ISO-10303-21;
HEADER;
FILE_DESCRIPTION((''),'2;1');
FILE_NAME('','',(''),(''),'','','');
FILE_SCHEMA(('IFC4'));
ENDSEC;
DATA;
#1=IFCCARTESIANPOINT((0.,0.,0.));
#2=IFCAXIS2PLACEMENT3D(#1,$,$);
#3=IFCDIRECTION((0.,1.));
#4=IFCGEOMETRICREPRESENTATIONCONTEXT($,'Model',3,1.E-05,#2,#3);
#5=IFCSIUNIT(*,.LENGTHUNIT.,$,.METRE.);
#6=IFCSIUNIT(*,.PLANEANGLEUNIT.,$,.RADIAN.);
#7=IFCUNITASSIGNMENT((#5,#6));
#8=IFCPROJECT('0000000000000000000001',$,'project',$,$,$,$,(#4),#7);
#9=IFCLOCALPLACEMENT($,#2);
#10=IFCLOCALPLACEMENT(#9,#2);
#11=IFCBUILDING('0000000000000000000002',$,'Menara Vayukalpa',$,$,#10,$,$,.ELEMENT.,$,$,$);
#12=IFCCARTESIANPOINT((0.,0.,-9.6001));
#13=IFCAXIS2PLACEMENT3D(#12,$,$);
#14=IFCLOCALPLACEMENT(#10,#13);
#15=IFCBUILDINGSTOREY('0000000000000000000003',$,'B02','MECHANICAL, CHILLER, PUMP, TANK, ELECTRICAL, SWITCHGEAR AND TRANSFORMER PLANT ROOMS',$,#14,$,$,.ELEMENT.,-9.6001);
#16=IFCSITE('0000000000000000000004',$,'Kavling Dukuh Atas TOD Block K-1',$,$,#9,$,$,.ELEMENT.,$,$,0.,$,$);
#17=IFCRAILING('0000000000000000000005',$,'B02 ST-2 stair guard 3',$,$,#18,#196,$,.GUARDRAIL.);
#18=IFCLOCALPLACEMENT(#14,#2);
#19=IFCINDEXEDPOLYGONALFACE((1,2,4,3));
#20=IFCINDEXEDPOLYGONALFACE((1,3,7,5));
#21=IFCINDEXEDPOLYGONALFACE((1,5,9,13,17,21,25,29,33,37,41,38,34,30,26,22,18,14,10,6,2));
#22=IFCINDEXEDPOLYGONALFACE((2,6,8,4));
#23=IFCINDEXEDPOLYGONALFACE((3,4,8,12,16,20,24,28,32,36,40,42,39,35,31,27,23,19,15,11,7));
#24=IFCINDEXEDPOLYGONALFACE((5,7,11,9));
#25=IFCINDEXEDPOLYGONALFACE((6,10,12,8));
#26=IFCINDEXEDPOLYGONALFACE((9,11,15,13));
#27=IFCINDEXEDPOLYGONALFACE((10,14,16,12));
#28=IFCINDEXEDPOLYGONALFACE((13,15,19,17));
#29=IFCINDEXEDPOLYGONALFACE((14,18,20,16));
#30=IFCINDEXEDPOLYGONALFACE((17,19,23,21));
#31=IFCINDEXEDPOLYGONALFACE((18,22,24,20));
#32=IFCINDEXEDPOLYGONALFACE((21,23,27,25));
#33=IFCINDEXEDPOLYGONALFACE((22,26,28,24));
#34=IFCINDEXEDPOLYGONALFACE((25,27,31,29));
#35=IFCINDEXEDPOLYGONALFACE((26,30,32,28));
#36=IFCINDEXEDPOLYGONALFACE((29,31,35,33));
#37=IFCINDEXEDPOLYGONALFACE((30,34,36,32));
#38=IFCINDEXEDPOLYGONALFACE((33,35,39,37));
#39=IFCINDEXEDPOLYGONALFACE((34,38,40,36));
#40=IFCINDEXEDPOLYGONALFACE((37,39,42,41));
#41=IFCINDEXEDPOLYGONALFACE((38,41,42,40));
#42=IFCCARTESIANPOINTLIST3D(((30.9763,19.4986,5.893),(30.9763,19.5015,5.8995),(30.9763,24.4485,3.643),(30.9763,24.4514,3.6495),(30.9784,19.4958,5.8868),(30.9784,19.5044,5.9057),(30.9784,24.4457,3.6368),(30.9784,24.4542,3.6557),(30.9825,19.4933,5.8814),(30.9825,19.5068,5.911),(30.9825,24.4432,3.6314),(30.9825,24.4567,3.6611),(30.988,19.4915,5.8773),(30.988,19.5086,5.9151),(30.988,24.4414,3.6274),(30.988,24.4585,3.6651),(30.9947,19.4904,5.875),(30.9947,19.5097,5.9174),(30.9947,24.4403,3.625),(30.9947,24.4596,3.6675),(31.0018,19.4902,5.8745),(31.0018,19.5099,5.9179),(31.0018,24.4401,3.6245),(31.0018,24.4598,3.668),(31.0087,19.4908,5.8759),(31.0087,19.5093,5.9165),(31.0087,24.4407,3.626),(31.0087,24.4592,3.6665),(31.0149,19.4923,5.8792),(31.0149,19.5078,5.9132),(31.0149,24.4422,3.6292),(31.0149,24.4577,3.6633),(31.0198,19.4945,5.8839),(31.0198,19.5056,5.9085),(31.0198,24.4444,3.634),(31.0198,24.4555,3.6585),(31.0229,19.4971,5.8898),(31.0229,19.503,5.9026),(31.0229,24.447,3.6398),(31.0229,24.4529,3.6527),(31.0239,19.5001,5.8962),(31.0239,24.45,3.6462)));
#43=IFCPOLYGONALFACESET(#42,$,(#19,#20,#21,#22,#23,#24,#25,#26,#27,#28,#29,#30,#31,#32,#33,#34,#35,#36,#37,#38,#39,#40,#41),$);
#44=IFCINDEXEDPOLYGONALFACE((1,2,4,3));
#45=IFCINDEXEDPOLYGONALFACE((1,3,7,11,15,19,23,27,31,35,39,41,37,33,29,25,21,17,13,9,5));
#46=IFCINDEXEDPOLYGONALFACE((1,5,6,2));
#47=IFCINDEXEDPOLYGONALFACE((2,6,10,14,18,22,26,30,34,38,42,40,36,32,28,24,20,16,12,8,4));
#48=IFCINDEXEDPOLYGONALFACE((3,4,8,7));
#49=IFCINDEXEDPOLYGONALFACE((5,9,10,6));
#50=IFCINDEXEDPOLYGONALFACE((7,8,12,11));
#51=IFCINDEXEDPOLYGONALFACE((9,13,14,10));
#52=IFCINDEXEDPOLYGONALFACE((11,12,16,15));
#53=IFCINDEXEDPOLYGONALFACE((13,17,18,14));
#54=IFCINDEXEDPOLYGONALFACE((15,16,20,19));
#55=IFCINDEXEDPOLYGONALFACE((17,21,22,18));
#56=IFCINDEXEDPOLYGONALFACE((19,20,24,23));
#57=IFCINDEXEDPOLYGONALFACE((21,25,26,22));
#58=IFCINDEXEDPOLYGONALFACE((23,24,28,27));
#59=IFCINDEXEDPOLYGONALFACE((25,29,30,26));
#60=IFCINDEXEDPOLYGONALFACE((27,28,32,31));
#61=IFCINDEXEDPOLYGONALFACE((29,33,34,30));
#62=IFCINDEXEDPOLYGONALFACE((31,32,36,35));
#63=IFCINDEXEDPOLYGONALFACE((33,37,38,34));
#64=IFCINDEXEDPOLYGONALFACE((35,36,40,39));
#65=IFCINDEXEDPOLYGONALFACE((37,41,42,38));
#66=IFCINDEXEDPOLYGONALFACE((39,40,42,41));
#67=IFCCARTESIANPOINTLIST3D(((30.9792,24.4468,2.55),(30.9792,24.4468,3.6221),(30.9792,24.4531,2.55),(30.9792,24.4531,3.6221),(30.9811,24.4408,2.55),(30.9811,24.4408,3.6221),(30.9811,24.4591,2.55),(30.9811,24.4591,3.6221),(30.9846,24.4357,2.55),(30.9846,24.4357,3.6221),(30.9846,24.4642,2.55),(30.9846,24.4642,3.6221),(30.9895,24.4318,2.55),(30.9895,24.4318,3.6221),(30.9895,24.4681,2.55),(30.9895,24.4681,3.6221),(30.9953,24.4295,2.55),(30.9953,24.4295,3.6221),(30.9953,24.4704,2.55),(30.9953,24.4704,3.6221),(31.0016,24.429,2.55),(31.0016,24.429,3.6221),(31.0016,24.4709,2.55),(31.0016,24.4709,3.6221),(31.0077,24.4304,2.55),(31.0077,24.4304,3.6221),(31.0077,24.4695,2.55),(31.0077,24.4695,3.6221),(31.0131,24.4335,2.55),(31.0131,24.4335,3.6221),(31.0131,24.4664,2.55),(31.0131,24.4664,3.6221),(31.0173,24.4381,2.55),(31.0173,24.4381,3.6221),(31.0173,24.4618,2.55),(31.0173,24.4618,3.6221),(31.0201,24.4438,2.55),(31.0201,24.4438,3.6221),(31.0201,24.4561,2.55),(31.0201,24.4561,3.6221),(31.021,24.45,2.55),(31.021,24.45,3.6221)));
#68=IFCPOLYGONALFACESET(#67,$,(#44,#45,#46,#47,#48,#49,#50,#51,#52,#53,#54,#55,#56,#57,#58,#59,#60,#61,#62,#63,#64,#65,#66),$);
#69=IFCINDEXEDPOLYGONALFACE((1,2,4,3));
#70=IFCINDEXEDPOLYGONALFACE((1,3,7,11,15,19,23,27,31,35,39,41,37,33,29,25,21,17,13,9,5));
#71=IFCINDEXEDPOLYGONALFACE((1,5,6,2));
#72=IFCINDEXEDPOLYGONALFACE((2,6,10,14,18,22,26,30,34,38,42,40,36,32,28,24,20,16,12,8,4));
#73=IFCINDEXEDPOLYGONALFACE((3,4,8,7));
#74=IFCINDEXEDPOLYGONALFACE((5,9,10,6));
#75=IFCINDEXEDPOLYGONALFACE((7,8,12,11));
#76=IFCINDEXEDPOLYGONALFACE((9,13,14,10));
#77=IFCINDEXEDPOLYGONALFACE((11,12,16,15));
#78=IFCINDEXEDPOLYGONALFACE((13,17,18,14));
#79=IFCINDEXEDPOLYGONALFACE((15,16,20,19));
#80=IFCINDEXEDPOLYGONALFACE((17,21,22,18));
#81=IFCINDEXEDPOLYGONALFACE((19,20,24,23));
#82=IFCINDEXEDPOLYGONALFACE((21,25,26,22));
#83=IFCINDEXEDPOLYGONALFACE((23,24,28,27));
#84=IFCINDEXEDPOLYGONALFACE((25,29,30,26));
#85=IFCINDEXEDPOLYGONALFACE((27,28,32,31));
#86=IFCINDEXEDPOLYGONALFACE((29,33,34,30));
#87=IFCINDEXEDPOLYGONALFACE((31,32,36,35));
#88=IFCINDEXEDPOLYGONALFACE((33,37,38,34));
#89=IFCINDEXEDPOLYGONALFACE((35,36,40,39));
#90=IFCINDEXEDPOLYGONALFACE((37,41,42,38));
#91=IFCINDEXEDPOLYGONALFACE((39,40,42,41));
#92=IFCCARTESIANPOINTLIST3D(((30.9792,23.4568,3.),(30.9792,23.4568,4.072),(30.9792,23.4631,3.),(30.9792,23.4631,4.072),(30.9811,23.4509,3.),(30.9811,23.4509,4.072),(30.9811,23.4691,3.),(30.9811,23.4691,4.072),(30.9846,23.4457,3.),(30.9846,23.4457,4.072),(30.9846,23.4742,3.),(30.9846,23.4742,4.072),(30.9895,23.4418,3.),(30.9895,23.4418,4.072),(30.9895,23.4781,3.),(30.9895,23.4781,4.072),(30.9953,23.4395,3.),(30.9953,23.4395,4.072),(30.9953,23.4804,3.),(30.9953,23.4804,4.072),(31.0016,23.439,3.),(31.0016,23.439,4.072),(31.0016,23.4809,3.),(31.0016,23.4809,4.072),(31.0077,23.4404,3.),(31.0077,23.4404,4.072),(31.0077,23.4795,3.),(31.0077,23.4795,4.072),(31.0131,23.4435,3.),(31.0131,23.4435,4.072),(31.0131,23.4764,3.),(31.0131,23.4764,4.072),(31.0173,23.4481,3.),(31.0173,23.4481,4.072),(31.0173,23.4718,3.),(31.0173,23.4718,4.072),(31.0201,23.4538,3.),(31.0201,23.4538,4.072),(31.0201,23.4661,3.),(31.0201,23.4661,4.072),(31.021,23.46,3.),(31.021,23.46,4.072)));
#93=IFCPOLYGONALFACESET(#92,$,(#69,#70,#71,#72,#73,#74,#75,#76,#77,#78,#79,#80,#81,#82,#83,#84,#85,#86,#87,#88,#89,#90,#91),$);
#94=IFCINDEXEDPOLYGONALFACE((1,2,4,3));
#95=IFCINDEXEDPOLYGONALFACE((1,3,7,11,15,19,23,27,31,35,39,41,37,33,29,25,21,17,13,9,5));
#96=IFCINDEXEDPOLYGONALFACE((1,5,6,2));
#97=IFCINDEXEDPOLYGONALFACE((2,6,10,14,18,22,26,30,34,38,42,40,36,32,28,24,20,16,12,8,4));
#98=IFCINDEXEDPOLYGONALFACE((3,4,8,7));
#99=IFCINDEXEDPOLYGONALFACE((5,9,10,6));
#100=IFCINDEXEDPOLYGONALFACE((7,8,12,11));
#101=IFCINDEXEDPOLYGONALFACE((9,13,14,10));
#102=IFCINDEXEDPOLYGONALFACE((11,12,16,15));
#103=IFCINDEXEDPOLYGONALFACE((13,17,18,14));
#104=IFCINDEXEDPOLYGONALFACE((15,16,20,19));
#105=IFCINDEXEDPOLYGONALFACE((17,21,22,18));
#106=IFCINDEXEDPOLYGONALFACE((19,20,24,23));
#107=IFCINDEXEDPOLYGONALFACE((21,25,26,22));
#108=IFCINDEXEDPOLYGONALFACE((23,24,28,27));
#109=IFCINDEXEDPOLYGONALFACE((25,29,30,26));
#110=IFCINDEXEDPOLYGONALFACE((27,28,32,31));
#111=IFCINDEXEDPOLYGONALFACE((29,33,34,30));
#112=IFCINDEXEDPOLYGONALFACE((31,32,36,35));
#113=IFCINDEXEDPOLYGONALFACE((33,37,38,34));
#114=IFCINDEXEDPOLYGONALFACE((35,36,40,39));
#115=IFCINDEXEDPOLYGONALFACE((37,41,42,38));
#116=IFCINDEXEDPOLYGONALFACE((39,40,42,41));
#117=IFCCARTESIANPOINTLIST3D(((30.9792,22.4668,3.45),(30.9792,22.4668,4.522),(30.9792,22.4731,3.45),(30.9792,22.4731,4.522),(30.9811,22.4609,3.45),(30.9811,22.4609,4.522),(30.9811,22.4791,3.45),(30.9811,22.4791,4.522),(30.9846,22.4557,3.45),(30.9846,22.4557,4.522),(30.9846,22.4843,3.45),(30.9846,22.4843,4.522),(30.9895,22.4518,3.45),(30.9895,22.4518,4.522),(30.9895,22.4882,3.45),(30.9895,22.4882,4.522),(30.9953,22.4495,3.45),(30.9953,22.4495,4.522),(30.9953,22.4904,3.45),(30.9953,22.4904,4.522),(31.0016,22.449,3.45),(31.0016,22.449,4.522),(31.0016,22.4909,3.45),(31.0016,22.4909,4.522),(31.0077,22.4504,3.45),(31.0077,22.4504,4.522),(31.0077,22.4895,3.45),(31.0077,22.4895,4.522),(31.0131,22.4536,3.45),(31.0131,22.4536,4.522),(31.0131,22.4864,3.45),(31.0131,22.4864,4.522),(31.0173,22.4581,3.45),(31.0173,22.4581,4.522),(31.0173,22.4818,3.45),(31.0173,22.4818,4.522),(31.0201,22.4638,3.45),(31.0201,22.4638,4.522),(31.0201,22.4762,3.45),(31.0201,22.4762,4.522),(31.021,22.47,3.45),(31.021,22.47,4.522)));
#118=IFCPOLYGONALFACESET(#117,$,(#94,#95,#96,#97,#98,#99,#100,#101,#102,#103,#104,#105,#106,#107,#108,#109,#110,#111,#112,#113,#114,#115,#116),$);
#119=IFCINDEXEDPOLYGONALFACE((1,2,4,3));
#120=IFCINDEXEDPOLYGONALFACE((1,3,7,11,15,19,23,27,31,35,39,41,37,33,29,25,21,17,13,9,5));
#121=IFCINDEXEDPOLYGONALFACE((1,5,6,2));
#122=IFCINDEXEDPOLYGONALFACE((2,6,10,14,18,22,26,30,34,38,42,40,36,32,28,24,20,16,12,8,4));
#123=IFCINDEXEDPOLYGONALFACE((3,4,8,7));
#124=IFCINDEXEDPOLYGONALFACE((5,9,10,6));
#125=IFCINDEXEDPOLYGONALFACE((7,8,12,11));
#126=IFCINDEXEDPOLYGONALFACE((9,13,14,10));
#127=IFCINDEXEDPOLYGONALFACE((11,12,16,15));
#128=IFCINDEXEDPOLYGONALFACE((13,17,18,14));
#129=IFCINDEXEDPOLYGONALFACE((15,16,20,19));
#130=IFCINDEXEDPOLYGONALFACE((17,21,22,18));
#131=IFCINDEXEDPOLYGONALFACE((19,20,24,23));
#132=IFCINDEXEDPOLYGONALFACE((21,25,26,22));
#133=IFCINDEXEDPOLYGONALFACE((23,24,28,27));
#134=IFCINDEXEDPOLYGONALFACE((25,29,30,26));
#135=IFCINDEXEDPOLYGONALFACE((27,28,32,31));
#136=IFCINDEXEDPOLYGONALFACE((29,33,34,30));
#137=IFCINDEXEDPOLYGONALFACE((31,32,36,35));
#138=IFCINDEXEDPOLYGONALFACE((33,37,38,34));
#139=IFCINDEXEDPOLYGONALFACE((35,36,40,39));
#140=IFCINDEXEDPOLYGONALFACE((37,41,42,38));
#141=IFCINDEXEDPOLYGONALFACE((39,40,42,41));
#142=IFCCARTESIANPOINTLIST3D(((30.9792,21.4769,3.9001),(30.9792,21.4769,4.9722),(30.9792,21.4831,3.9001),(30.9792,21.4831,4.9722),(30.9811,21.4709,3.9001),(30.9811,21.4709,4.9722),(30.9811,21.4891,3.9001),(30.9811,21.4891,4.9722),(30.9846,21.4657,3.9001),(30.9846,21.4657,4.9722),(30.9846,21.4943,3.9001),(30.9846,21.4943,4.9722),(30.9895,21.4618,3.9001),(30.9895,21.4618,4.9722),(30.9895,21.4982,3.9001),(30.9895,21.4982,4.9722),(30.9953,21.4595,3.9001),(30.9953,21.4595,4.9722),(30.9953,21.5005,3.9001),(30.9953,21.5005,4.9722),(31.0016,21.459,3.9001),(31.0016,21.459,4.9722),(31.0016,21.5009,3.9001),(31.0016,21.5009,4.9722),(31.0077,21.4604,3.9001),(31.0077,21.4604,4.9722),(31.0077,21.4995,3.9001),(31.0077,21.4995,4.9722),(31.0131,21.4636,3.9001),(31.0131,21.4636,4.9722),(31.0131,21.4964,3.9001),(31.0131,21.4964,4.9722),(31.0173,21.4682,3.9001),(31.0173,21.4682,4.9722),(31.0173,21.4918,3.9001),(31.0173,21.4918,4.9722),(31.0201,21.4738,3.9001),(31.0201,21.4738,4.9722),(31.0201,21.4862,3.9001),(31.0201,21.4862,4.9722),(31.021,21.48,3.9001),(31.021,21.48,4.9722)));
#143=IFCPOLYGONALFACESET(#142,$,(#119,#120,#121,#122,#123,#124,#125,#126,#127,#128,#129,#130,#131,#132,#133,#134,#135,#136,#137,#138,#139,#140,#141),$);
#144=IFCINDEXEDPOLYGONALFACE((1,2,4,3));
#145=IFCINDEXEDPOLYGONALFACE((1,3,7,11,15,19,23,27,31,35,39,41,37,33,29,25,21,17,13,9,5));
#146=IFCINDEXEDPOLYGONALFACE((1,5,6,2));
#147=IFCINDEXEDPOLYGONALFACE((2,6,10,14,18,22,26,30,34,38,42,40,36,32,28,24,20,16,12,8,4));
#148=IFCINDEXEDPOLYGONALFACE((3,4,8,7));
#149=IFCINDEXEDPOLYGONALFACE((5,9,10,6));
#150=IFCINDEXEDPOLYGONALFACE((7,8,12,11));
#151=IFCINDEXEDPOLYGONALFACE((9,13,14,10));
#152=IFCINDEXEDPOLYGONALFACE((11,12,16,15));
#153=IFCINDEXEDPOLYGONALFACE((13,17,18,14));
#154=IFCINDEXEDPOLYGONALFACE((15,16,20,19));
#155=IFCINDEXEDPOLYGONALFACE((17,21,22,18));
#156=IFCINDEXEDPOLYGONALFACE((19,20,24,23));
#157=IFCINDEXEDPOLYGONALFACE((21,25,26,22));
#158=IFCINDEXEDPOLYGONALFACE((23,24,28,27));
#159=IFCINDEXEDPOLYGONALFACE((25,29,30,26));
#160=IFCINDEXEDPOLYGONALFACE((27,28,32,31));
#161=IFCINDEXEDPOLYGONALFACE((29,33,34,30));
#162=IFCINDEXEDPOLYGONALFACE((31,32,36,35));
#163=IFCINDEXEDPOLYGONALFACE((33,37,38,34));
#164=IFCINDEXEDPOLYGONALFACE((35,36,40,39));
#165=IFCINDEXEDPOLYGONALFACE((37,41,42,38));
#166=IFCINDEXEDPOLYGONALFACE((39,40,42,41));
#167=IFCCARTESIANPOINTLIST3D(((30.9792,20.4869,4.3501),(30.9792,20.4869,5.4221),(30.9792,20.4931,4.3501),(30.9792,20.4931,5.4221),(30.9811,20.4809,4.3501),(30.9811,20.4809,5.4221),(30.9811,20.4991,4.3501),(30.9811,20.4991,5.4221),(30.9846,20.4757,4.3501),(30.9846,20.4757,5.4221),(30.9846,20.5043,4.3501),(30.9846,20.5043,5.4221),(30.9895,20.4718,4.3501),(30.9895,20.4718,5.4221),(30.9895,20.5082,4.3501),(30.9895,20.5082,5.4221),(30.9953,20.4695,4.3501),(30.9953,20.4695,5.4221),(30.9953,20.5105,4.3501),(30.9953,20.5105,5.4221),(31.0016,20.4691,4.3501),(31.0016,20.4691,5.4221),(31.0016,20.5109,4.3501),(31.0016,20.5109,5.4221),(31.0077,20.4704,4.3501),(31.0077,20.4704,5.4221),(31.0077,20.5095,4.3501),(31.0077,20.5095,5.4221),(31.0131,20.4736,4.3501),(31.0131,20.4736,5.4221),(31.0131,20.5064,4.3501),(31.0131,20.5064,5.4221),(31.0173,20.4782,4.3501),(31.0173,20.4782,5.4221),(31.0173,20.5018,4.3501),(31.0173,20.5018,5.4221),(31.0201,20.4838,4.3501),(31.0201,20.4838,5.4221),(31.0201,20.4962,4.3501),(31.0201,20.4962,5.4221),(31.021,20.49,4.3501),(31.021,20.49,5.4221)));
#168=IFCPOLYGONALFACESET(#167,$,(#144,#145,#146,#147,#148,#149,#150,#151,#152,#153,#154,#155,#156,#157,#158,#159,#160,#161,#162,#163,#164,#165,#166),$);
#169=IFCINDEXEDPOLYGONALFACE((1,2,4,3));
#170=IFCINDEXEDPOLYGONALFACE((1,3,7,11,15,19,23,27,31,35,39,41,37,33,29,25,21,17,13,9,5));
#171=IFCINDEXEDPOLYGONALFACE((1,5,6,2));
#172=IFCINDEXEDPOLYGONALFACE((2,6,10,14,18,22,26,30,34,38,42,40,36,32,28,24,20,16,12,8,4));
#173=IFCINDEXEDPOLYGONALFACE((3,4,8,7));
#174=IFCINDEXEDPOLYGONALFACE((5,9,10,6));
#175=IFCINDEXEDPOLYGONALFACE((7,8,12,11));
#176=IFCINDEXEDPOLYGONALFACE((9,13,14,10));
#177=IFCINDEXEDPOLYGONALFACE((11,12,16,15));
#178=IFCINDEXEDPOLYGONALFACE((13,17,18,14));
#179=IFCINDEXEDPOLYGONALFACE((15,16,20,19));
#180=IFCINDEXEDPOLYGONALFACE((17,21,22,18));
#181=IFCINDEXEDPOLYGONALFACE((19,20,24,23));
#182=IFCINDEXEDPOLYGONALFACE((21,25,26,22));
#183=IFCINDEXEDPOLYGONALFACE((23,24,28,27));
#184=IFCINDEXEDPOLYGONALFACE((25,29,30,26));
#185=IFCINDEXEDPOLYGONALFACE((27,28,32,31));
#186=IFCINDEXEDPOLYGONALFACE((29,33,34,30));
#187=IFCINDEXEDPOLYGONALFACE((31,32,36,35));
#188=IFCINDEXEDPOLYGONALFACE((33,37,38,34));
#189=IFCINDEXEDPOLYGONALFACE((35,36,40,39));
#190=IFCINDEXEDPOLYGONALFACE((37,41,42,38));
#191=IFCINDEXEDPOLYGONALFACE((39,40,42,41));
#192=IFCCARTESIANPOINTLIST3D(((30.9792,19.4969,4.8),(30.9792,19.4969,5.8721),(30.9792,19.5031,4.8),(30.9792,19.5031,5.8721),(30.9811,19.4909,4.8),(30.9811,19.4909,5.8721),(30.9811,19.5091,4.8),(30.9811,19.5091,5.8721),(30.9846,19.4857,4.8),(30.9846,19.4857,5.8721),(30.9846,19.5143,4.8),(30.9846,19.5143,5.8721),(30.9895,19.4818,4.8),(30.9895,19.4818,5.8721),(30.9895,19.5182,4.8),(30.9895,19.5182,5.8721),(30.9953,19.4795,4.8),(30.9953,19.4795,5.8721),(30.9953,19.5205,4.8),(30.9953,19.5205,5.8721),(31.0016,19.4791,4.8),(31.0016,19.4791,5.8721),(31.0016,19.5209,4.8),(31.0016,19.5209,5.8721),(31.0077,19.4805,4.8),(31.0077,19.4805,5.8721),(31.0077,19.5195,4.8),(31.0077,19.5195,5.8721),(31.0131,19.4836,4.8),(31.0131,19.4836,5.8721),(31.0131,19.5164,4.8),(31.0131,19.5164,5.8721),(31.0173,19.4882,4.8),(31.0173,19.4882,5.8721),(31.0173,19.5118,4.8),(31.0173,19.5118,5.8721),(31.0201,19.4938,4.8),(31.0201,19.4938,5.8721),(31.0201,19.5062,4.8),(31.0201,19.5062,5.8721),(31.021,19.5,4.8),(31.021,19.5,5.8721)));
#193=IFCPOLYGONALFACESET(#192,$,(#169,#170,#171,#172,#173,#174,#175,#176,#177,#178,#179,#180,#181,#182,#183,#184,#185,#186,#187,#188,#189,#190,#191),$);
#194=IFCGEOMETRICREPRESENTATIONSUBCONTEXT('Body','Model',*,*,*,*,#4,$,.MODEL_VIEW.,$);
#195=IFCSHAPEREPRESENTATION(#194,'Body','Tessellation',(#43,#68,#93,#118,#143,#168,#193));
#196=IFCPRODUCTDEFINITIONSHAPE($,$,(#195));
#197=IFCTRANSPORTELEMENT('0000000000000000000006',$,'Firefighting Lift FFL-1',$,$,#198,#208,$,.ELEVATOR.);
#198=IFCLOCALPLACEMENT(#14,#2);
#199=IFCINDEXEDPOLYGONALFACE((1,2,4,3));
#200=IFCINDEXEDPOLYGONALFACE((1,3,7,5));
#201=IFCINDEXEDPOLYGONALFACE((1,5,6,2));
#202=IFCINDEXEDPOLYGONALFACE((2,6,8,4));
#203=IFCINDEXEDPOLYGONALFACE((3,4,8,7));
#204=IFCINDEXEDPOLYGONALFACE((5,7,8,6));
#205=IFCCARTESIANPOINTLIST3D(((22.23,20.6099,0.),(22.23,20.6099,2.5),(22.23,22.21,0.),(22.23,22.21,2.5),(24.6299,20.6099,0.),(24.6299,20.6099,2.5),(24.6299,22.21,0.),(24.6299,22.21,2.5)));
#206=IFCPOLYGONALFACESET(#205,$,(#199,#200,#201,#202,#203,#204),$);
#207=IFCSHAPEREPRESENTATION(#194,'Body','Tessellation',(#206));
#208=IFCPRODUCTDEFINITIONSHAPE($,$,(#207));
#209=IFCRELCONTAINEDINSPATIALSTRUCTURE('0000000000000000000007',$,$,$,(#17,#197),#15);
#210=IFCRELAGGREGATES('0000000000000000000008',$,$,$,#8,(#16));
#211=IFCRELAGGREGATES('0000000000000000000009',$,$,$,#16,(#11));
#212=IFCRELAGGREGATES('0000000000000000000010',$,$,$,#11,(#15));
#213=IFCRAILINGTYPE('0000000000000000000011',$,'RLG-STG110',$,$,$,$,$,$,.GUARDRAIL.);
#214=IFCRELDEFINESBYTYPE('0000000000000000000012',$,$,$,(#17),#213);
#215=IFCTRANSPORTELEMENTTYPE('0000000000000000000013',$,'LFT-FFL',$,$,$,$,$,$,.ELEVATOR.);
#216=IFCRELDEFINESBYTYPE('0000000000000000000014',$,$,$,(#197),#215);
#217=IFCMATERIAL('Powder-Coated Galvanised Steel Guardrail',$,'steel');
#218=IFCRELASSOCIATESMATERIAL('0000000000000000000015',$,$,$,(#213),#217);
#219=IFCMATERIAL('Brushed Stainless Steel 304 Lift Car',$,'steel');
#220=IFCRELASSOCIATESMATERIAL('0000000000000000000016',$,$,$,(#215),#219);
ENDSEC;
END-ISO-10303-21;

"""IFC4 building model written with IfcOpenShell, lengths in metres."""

from ifc_helpers import new_model, si_unit, direction, frame, origin, origin_2d, place, context, subcontext, project, spatial, rectangle, circle, extrude, material, type_object, element, save


model = new_model("IFC4")

# Units and contexts
model_context = context("Model", 3, precision=1e-05, world=origin(), true_north=direction((0.0, 1.0)))
body_context = subcontext(model_context, "Body", "Model", "MODEL_VIEW")
ifc_project = project(units=[si_unit("LENGTHUNIT", "METRE"), si_unit("PLANEANGLEUNIT", "RADIAN")], contexts=[model_context])

# Site, building, storey
site_placement = place(None, origin())
site = spatial("IfcSite", under=ifc_project, at=site_placement, Name="Kavling Dukuh Atas TOD Block K-1", CompositionType="ELEMENT", RefElevation=0.0)
building_placement = place(site_placement, origin())
building = spatial("IfcBuilding", under=site, at=building_placement, Name="Menara Vayukalpa", CompositionType="ELEMENT")
storey_placement = place(building_placement, frame((0.0, 0.0, -9.6001)))
storey = spatial("IfcBuildingStorey", under=building, at=storey_placement, Name="B02", Description="MECHANICAL, CHILLER, PUMP, TANK, ELECTRICAL, SWITCHGEAR AND TRANSFORMER PLANT ROOMS", CompositionType="ELEMENT", Elevation=-9.6001)

# Railing
ifc_material_1 = material(Name="Powder-Coated Galvanised Steel Guardrail", Category="steel")
railing_type_1 = type_object("IfcRailingType", Name="RLG-STG110", PredefinedType="GUARDRAIL", material=ifc_material_1)
railing_1_placement = place(storey_placement, frame((31.0, 24.45, 2.55)))
element("IfcRailing", 1, at=railing_1_placement, inside=storey, type_object=railing_type_1, Name="B02 ST-2 stair guard 3", PredefinedType="GUARDRAIL", context=body_context, shape_type="SweptSolid", body=[
    extrude(circle(Radius=0.0239, at=origin_2d()), frame((0.0, 0.0, 1.0962), z_axis=(0.0, -0.910365, 0.413806), x_axis=(1.0, 0.0, 0.0)), (0.0, 0.0, 1.0), 5.4373),
    extrude(circle(Radius=0.021, at=origin_2d()), origin(), (0.0, 0.0, 1.0), 1.072),
    extrude(circle(Radius=0.021, at=origin_2d()), frame((0.0, -0.99, 0.45)), (0.0, 0.0, 1.0), 1.072),
    extrude(circle(Radius=0.021, at=origin_2d()), frame((0.0, -1.98, 0.8999)), (0.0, 0.0, 1.0), 1.072),
    extrude(circle(Radius=0.021, at=origin_2d()), frame((0.0, -2.97, 1.3501)), (0.0, 0.0, 1.0), 1.072),
    extrude(circle(Radius=0.021, at=origin_2d()), frame((0.0, -3.96, 1.8)), (0.0, 0.0, 1.0), 1.072),
    extrude(circle(Radius=0.021, at=origin_2d()), frame((0.0, -4.95, 2.25)), (0.0, 0.0, 1.0), 1.072),
])

# Transport element
ifc_material_2 = material(Name="Brushed Stainless Steel 304 Lift Car", Category="steel")
transport_element_type = type_object("IfcTransportElementType", Name="LFT-FFL", PredefinedType="ELEVATOR", material=ifc_material_2)
for number, where, z_axis, x_axis, name in (
    (2, (23.4299, 21.4099, 0.0), (0.0, 0.0, 1.0), (1.0, 0.0, 0.0), "Firefighting Lift FFL-1"),
):
    element("IfcTransportElement", number, at=place(storey_placement, frame(where, z_axis=z_axis, x_axis=x_axis)), inside=storey, type_object=transport_element_type, Name=name, PredefinedType="ELEVATOR", context=body_context, shape_type="SweptSolid", body=[
        extrude(rectangle(XDim=2.3999, YDim=1.6001, at=origin_2d()), origin(), (0.0, 0.0, 1.0), 2.5),
    ])

save(model, "model.ifc")
